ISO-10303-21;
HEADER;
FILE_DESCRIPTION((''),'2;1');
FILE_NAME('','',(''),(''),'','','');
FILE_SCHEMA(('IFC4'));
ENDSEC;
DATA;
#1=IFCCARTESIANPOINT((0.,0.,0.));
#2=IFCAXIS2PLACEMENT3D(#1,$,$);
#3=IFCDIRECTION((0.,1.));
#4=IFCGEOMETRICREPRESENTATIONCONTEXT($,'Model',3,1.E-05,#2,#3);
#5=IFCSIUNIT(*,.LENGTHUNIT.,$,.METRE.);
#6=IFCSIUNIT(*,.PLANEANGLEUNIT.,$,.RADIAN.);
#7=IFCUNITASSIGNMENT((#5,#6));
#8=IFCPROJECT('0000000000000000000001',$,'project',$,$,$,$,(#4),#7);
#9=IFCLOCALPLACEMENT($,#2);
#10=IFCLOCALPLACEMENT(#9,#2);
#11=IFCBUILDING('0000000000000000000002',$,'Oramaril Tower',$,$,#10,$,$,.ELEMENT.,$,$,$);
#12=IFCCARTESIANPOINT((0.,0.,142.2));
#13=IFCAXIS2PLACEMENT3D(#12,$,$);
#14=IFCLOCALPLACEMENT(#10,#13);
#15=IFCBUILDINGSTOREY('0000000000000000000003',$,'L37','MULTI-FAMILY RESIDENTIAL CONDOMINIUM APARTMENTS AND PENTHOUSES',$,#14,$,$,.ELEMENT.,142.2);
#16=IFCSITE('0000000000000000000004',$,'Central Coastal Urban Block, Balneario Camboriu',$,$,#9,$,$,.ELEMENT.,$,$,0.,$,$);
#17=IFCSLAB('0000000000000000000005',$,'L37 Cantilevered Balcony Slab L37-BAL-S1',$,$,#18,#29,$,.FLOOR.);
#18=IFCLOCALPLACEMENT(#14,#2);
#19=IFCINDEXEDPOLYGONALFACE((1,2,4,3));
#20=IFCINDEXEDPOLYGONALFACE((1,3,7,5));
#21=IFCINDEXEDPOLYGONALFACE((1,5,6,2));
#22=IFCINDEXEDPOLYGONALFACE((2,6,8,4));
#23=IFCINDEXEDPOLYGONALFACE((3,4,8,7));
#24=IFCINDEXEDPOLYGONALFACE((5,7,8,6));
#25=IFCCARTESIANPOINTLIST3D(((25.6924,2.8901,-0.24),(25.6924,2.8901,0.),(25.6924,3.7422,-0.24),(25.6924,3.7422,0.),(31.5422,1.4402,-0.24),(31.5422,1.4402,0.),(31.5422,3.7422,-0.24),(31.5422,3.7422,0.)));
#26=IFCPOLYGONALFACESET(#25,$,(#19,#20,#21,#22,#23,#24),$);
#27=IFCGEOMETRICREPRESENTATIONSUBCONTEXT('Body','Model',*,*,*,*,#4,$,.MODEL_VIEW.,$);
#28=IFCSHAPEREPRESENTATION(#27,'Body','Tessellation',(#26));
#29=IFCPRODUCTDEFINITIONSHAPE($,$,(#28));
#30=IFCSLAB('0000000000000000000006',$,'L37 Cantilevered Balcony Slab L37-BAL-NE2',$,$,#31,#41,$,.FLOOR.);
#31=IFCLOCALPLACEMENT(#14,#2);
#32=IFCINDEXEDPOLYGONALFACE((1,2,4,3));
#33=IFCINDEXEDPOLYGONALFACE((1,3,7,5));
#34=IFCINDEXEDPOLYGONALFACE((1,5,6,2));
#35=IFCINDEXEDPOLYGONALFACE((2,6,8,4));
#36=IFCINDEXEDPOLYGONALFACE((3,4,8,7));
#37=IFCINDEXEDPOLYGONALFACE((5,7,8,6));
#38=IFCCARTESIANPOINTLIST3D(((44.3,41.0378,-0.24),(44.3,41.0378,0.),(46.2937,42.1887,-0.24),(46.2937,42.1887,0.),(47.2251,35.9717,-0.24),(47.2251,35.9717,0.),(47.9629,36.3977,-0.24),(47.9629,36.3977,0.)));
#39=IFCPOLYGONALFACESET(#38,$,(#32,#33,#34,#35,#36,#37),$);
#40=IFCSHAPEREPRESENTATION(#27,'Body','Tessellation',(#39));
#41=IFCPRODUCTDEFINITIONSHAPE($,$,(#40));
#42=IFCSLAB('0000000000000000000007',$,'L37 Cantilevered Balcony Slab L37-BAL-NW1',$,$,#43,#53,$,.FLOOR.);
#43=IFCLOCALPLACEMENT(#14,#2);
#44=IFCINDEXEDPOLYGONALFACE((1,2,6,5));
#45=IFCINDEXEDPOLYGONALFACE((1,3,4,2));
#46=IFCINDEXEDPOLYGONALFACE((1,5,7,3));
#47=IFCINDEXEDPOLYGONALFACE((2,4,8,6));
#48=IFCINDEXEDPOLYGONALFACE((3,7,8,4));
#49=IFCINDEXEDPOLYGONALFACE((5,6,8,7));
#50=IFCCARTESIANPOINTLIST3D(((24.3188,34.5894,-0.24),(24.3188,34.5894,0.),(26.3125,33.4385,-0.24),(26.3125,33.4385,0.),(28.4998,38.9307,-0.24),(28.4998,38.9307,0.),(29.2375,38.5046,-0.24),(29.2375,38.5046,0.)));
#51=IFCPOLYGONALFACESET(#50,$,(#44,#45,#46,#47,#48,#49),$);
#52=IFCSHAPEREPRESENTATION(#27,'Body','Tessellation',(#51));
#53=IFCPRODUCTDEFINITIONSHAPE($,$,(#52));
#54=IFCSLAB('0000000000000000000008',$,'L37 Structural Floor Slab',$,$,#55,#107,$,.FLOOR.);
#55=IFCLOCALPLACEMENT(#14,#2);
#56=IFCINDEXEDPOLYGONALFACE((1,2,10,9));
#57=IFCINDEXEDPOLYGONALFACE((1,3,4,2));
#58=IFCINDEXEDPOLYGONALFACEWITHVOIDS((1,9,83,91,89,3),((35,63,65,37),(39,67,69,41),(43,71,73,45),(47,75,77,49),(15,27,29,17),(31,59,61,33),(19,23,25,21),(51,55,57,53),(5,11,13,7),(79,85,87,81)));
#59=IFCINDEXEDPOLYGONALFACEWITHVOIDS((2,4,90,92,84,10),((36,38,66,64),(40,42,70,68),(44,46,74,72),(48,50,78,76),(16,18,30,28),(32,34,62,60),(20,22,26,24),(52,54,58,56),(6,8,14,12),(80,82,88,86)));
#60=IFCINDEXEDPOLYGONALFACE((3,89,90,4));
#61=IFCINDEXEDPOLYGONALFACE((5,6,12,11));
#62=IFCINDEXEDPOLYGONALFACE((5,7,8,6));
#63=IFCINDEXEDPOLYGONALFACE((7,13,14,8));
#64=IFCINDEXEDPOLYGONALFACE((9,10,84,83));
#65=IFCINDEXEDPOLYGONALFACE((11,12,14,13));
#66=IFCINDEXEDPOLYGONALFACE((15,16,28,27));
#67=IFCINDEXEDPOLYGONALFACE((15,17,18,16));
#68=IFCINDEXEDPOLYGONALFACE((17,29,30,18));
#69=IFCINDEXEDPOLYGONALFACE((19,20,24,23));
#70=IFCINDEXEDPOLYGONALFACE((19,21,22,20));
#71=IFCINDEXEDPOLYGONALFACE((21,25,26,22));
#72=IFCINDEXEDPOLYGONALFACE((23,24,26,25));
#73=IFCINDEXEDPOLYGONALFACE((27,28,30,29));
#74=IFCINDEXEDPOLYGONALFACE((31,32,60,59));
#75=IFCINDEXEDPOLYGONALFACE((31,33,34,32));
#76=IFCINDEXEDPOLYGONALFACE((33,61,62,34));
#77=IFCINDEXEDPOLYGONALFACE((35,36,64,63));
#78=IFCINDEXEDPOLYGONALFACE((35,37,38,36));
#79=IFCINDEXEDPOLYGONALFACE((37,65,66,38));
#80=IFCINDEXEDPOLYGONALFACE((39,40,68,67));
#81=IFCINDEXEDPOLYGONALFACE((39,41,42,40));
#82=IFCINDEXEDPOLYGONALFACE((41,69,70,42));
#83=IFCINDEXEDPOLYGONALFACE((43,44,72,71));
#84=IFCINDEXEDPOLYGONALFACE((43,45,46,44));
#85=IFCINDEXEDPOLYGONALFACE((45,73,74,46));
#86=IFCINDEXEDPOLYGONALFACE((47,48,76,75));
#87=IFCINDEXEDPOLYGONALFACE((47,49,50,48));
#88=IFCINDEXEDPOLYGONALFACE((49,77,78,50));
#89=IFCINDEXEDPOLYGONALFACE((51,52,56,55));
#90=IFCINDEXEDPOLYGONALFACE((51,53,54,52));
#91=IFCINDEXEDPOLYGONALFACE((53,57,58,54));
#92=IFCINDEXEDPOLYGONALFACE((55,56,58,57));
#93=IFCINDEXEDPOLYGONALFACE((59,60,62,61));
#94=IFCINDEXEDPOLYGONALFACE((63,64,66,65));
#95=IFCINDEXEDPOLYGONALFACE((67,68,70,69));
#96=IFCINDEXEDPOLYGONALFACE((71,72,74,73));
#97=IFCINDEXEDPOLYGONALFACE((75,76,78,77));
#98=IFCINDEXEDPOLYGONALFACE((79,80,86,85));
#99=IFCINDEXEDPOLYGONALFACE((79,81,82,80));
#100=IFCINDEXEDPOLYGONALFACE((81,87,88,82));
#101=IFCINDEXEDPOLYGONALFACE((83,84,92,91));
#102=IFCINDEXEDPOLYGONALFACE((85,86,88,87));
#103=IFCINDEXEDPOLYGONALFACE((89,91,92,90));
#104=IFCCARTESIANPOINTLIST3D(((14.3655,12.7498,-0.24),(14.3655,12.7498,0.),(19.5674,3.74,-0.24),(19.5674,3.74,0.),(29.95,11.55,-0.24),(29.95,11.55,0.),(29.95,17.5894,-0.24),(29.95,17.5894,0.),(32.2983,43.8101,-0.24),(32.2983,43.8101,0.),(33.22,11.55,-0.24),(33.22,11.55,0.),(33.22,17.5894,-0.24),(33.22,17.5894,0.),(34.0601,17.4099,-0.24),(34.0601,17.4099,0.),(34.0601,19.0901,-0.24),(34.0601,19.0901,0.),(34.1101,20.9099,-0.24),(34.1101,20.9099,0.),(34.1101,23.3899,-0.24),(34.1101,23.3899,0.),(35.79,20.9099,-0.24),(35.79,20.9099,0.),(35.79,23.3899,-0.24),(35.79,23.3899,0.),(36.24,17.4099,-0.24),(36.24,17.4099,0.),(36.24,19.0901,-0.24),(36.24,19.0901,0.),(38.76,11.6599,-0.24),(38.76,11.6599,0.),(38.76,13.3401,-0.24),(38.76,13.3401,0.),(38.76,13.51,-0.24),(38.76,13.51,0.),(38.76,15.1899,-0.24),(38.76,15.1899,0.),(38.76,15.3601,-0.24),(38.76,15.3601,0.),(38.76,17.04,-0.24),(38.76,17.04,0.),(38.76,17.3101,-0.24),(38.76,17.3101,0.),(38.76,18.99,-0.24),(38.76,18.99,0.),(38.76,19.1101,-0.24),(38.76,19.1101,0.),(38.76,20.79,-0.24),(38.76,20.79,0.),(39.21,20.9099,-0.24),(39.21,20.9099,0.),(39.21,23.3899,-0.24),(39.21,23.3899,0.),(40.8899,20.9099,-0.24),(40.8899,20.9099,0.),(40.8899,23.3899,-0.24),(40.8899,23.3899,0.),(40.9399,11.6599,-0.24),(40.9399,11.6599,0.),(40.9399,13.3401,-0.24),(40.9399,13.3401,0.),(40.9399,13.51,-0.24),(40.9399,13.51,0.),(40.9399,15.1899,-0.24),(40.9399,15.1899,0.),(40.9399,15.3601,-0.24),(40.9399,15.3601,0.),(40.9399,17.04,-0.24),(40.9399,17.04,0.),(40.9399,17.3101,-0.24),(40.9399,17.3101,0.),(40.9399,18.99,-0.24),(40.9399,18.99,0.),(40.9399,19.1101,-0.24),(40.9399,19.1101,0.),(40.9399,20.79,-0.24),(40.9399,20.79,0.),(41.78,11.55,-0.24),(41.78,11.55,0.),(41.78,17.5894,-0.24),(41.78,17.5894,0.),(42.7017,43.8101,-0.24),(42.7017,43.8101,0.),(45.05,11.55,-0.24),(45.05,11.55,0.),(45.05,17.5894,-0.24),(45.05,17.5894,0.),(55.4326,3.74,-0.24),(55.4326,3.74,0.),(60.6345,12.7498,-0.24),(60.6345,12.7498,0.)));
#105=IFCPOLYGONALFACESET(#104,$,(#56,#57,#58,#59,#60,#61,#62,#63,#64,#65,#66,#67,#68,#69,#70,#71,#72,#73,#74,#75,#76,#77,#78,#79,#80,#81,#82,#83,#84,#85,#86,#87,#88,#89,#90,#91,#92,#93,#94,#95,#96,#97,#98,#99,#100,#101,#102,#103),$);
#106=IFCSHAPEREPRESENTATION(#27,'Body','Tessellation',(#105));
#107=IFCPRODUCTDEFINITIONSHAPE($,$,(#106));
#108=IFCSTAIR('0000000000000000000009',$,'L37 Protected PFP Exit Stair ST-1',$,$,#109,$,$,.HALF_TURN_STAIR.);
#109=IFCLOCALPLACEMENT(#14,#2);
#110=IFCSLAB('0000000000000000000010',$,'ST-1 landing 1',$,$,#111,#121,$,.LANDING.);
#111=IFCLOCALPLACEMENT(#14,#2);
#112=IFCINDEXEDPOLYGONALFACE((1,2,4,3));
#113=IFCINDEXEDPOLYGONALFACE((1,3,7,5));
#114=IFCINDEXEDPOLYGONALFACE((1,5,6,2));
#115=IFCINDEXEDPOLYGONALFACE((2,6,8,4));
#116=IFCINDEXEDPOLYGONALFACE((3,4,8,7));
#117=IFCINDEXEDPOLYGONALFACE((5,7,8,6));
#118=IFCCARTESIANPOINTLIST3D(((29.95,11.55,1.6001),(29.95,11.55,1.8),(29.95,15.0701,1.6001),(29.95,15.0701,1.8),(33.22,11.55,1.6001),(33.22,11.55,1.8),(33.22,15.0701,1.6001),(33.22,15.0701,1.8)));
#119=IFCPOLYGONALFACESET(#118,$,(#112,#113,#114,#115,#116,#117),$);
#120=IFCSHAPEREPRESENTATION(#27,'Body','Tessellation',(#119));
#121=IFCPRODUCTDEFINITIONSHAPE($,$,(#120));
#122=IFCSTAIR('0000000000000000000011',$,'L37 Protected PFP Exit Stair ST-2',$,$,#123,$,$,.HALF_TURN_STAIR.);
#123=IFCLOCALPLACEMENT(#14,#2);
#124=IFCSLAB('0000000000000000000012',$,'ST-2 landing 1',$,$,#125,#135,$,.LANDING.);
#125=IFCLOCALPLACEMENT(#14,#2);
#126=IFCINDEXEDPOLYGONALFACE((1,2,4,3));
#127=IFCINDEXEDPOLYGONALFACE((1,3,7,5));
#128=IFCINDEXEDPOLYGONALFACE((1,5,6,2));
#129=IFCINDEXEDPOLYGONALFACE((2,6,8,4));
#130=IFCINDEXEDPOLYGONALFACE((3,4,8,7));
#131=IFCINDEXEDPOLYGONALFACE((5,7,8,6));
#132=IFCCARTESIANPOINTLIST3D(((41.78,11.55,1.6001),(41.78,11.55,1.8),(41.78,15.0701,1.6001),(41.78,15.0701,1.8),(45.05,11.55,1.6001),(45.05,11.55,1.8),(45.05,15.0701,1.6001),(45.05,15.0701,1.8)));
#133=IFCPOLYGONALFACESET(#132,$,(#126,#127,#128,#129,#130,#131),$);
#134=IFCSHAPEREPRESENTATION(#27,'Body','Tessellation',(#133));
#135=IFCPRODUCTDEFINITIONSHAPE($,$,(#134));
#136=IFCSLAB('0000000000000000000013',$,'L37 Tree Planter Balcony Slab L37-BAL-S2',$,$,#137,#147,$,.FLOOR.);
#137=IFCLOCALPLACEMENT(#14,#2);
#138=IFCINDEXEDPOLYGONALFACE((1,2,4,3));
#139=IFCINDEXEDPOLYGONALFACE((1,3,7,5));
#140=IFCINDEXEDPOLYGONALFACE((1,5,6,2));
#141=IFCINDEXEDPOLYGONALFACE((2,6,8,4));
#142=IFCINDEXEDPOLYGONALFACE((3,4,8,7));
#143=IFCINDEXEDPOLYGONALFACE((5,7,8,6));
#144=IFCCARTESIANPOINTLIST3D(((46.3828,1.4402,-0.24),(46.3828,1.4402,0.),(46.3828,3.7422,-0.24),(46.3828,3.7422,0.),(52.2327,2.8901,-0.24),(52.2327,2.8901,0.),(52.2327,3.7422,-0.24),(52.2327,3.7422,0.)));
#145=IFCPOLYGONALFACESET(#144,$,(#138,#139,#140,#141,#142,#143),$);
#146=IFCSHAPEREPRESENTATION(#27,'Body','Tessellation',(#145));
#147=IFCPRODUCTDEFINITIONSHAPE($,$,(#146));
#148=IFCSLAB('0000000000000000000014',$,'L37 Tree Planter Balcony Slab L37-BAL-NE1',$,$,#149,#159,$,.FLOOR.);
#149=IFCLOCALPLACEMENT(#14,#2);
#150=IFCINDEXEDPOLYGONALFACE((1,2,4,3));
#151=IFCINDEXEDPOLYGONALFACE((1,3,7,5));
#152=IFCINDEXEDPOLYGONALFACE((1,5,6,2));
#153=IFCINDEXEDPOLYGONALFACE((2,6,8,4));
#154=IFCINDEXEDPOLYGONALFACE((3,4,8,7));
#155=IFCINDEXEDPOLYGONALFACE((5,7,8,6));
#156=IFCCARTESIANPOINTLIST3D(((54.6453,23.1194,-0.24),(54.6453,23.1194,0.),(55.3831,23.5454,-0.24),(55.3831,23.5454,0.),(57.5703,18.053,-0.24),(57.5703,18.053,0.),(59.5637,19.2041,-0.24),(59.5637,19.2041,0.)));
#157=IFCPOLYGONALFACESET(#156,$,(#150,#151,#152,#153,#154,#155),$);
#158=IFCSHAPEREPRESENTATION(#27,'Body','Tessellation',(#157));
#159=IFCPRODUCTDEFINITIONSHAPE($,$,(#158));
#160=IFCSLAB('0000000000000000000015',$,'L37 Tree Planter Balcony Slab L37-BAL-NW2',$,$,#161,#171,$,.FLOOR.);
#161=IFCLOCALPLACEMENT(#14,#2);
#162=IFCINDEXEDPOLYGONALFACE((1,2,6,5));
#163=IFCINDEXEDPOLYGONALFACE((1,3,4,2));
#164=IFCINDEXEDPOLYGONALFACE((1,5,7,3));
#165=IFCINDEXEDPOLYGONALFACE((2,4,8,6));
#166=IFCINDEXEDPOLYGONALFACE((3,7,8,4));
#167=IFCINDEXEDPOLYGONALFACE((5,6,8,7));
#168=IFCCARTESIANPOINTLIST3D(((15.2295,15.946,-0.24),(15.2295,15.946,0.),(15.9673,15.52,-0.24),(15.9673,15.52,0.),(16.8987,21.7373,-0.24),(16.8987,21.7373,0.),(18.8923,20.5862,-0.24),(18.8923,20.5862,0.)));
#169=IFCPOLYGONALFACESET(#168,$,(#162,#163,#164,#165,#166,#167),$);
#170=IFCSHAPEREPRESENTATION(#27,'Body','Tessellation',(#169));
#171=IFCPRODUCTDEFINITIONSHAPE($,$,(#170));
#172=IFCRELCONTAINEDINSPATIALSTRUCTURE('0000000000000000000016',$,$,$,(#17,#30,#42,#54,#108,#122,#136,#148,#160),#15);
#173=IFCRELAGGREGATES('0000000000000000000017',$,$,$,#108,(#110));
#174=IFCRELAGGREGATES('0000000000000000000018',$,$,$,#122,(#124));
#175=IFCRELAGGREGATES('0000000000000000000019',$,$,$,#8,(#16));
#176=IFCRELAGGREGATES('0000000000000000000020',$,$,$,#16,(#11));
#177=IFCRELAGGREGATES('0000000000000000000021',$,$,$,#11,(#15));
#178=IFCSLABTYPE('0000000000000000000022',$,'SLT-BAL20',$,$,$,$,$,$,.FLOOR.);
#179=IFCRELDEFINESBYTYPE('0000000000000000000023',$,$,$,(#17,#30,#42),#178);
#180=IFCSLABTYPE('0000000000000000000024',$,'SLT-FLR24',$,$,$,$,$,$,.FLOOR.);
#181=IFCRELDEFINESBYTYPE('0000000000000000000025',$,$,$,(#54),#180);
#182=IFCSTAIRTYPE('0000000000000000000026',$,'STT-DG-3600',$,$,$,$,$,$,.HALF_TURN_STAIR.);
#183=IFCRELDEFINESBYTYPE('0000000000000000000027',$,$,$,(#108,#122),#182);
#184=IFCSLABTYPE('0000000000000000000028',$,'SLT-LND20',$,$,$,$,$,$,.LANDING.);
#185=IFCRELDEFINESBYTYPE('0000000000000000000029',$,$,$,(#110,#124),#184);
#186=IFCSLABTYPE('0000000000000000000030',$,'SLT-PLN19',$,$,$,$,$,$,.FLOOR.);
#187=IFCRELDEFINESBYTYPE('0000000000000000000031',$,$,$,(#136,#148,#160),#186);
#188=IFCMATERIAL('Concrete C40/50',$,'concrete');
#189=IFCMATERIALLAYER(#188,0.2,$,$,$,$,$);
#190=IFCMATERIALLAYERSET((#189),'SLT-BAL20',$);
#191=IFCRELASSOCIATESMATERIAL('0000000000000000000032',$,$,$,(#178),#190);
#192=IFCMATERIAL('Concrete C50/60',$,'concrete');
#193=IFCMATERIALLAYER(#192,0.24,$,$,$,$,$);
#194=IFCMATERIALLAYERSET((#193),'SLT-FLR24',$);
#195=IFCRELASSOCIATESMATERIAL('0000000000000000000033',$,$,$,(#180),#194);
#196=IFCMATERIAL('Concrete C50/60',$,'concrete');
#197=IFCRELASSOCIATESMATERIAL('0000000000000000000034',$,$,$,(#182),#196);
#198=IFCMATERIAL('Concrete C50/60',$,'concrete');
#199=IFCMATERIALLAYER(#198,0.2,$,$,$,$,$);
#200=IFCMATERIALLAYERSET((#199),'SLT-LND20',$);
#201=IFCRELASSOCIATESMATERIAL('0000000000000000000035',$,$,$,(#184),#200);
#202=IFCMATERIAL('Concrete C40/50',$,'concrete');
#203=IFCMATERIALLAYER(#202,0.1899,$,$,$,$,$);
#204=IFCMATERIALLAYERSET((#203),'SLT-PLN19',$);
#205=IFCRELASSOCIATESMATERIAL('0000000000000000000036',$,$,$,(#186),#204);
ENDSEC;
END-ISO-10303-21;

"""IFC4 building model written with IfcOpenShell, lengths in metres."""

from ifc_helpers import new_model, si_unit, direction, frame, origin, place, context, subcontext, project, spatial, polyline, outline, extrude, material, layer, layer_set, type_object, element, aggregate, save


model = new_model("IFC4")

# Units and contexts
model_context = context("Model", 3, precision=1e-05, world=origin(), true_north=direction((0.0, 1.0)))
body_context = subcontext(model_context, "Body", "Model", "MODEL_VIEW")
ifc_project = project(units=[si_unit("LENGTHUNIT", "METRE"), si_unit("PLANEANGLEUNIT", "RADIAN")], contexts=[model_context])

# Site, building, storey
site_placement = place(None, origin())
site = spatial("IfcSite", under=ifc_project, at=site_placement, Name="Central Coastal Urban Block, Balneario Camboriu", CompositionType="ELEMENT", RefElevation=0.0)
building_placement = place(site_placement, origin())
building = spatial("IfcBuilding", under=site, at=building_placement, Name="Oramaril Tower", CompositionType="ELEMENT")
storey_placement = place(building_placement, frame((0.0, 0.0, 142.2)))
storey = spatial("IfcBuildingStorey", under=building, at=storey_placement, Name="L37", Description="MULTI-FAMILY RESIDENTIAL CONDOMINIUM APARTMENTS AND PENTHOUSES", CompositionType="ELEMENT", Elevation=142.2)

# Slabs
ifc_material_1 = material(Name="Concrete C40/50", Category="concrete")
ifc_layer_1 = layer(ifc_material_1, 0.2)
ifc_layer_set_1 = layer_set([ifc_layer_1], Name="SLT-BAL20")
slab_type_1 = type_object("IfcSlabType", Name="SLT-BAL20", PredefinedType="FLOOR", material=ifc_layer_set_1)
slab_1_placement = place(storey_placement, frame((0.0, 0.0, -0.24)))
element("IfcSlab", 1, at=slab_1_placement, inside=storey, type_object=slab_type_1, Name="L37 Cantilevered Balcony Slab L37-BAL-S1", PredefinedType="FLOOR", context=body_context, shape_type="SweptSolid", body=[
    extrude(outline(polyline([(25.6924, 3.7422), (31.5422, 3.7422), (31.5422, 1.4402), (25.6924, 2.8901), (25.6924, 3.7422)])), origin(), (0.0, 0.0, 1.0), 0.24),
])
slab_2_placement = place(storey_placement, frame((0.0, 0.0, -0.24)))
element("IfcSlab", 2, at=slab_2_placement, inside=storey, type_object=slab_type_1, Name="L37 Cantilevered Balcony Slab L37-BAL-NE2", PredefinedType="FLOOR", context=body_context, shape_type="SweptSolid", body=[
    extrude(outline(polyline([(47.2251, 35.9717), (44.3, 41.0378), (46.2937, 42.1887), (47.9629, 36.3977), (47.2251, 35.9717)])), origin(), (0.0, 0.0, 1.0), 0.24),
])
slab_3_placement = place(storey_placement, frame((0.0, 0.0, -0.24)))
element("IfcSlab", 3, at=slab_3_placement, inside=storey, type_object=slab_type_1, Name="L37 Cantilevered Balcony Slab L37-BAL-NW1", PredefinedType="FLOOR", context=body_context, shape_type="SweptSolid", body=[
    extrude(outline(polyline([(29.2375, 38.5046), (26.3125, 33.4385), (24.3188, 34.5894), (28.4998, 38.9307), (29.2375, 38.5046)])), origin(), (0.0, 0.0, 1.0), 0.24),
])
ifc_material_2 = material(Name="Concrete C50/60", Category="concrete")
ifc_layer_2 = layer(ifc_material_2, 0.24)
ifc_layer_set_2 = layer_set([ifc_layer_2], Name="SLT-FLR24")
slab_type_2 = type_object("IfcSlabType", Name="SLT-FLR24", PredefinedType="FLOOR", material=ifc_layer_set_2)
slab_4_placement = place(storey_placement, frame((0.0, 0.0, -0.24)))
element("IfcSlab", 4, at=slab_4_placement, inside=storey, type_object=slab_type_2, Name="L37 Structural Floor Slab", PredefinedType="FLOOR", context=body_context, shape_type="SweptSolid", body=[
    extrude(outline(polyline([(14.3655, 12.7498), (19.5674, 3.74), (55.4326, 3.74), (60.6345, 12.7498), (42.7017, 43.8101), (32.2983, 43.8101), (14.3655, 12.7498)]), holes=[polyline([(29.95, 17.5894), (29.95, 11.55), (33.22, 11.55), (33.22, 17.5894), (29.95, 17.5894)]), polyline([(41.78, 17.5894), (41.78, 11.55), (45.05, 11.55), (45.05, 17.5894), (41.78, 17.5894)]), polyline([(34.1101, 20.9099), (35.79, 20.9099), (35.79, 23.3899), (34.1101, 23.3899), (34.1101, 20.9099)]), polyline([(39.21, 20.9099), (40.8899, 20.9099), (40.8899, 23.3899), (39.21, 23.3899), (39.21, 20.9099)]), polyline([(38.76, 11.6599), (40.9399, 11.6599), (40.9399, 13.3401), (38.76, 13.3401), (38.76, 11.6599)]), polyline([(38.76, 13.51), (40.9399, 13.51), (40.9399, 15.1899), (38.76, 15.1899), (38.76, 13.51)]), polyline([(38.76, 15.3601), (40.9399, 15.3601), (40.9399, 17.04), (38.76, 17.04), (38.76, 15.3601)]), polyline([(34.0601, 17.4099), (36.24, 17.4099), (36.24, 19.0901), (34.0601, 19.0901), (34.0601, 17.4099)]), polyline([(38.76, 17.3101), (40.9399, 17.3101), (40.9399, 18.99), (38.76, 18.99), (38.76, 17.3101)]), polyline([(38.76, 19.1101), (40.9399, 19.1101), (40.9399, 20.79), (38.76, 20.79), (38.76, 19.1101)])]), origin(), (0.0, 0.0, 1.0), 0.24),
])

# Stairs, slabs
ifc_material_3 = material(Name="Concrete C50/60", Category="concrete")
stair_type = type_object("IfcStairType", Name="STT-DG-3600", PredefinedType="HALF_TURN_STAIR", material=ifc_material_3)
stair_1_placement = place(storey_placement, origin())
stair_1 = element("IfcStair", 5, at=stair_1_placement, inside=storey, type_object=stair_type, Name="L37 Protected PFP Exit Stair ST-1", PredefinedType="HALF_TURN_STAIR")
ifc_material_4 = material(Name="Concrete C50/60", Category="concrete")
ifc_layer_3 = layer(ifc_material_4, 0.2)
ifc_layer_set_3 = layer_set([ifc_layer_3], Name="SLT-LND20")
slab_type_3 = type_object("IfcSlabType", Name="SLT-LND20", PredefinedType="LANDING", material=ifc_layer_set_3)
slab_5_placement = place(storey_placement, frame((0.0, 0.0, 1.6001)))
slab_5 = element("IfcSlab", 6, at=slab_5_placement, type_object=slab_type_3, Name="ST-1 landing 1", PredefinedType="LANDING", context=body_context, shape_type="SweptSolid", body=[
    extrude(outline(polyline([(29.95, 15.0701), (29.95, 11.55), (33.22, 11.55), (33.22, 15.0701), (29.95, 15.0701)])), origin(), (0.0, 0.0, 1.0), 0.2),
])
aggregate(stair_1, [slab_5])
stair_2_placement = place(storey_placement, origin())
stair_2 = element("IfcStair", 7, at=stair_2_placement, inside=storey, type_object=stair_type, Name="L37 Protected PFP Exit Stair ST-2", PredefinedType="HALF_TURN_STAIR")
slab_6_placement = place(storey_placement, frame((0.0, 0.0, 1.6001)))
slab_6 = element("IfcSlab", 8, at=slab_6_placement, type_object=slab_type_3, Name="ST-2 landing 1", PredefinedType="LANDING", context=body_context, shape_type="SweptSolid", body=[
    extrude(outline(polyline([(41.78, 15.0701), (41.78, 11.55), (45.05, 11.55), (45.05, 15.0701), (41.78, 15.0701)])), origin(), (0.0, 0.0, 1.0), 0.2),
])
aggregate(stair_2, [slab_6])

# Slabs
ifc_material_5 = material(Name="Concrete C40/50", Category="concrete")
ifc_layer_4 = layer(ifc_material_5, 0.1899)
ifc_layer_set_4 = layer_set([ifc_layer_4], Name="SLT-PLN19")
slab_type_4 = type_object("IfcSlabType", Name="SLT-PLN19", PredefinedType="FLOOR", material=ifc_layer_set_4)
slab_7_placement = place(storey_placement, frame((0.0, 0.0, -0.24)))
element("IfcSlab", 9, at=slab_7_placement, inside=storey, type_object=slab_type_4, Name="L37 Tree Planter Balcony Slab L37-BAL-S2", PredefinedType="FLOOR", context=body_context, shape_type="SweptSolid", body=[
    extrude(outline(polyline([(46.3828, 3.7422), (52.2327, 3.7422), (52.2327, 2.8901), (46.3828, 1.4402), (46.3828, 3.7422)])), origin(), (0.0, 0.0, 1.0), 0.24),
])
slab_8_placement = place(storey_placement, frame((0.0, 0.0, -0.24)))
element("IfcSlab", 10, at=slab_8_placement, inside=storey, type_object=slab_type_4, Name="L37 Tree Planter Balcony Slab L37-BAL-NE1", PredefinedType="FLOOR", context=body_context, shape_type="SweptSolid", body=[
    extrude(outline(polyline([(57.5703, 18.053), (54.6453, 23.1194), (55.3831, 23.5454), (59.5637, 19.2041), (57.5703, 18.053)])), origin(), (0.0, 0.0, 1.0), 0.24),
])
slab_9_placement = place(storey_placement, frame((0.0, 0.0, -0.24)))
element("IfcSlab", 11, at=slab_9_placement, inside=storey, type_object=slab_type_4, Name="L37 Tree Planter Balcony Slab L37-BAL-NW2", PredefinedType="FLOOR", context=body_context, shape_type="SweptSolid", body=[
    extrude(outline(polyline([(18.8923, 20.5862), (15.9673, 15.52), (15.2295, 15.946), (16.8987, 21.7373), (18.8923, 20.5862)])), origin(), (0.0, 0.0, 1.0), 0.24),
])

save(model, "model.ifc")
